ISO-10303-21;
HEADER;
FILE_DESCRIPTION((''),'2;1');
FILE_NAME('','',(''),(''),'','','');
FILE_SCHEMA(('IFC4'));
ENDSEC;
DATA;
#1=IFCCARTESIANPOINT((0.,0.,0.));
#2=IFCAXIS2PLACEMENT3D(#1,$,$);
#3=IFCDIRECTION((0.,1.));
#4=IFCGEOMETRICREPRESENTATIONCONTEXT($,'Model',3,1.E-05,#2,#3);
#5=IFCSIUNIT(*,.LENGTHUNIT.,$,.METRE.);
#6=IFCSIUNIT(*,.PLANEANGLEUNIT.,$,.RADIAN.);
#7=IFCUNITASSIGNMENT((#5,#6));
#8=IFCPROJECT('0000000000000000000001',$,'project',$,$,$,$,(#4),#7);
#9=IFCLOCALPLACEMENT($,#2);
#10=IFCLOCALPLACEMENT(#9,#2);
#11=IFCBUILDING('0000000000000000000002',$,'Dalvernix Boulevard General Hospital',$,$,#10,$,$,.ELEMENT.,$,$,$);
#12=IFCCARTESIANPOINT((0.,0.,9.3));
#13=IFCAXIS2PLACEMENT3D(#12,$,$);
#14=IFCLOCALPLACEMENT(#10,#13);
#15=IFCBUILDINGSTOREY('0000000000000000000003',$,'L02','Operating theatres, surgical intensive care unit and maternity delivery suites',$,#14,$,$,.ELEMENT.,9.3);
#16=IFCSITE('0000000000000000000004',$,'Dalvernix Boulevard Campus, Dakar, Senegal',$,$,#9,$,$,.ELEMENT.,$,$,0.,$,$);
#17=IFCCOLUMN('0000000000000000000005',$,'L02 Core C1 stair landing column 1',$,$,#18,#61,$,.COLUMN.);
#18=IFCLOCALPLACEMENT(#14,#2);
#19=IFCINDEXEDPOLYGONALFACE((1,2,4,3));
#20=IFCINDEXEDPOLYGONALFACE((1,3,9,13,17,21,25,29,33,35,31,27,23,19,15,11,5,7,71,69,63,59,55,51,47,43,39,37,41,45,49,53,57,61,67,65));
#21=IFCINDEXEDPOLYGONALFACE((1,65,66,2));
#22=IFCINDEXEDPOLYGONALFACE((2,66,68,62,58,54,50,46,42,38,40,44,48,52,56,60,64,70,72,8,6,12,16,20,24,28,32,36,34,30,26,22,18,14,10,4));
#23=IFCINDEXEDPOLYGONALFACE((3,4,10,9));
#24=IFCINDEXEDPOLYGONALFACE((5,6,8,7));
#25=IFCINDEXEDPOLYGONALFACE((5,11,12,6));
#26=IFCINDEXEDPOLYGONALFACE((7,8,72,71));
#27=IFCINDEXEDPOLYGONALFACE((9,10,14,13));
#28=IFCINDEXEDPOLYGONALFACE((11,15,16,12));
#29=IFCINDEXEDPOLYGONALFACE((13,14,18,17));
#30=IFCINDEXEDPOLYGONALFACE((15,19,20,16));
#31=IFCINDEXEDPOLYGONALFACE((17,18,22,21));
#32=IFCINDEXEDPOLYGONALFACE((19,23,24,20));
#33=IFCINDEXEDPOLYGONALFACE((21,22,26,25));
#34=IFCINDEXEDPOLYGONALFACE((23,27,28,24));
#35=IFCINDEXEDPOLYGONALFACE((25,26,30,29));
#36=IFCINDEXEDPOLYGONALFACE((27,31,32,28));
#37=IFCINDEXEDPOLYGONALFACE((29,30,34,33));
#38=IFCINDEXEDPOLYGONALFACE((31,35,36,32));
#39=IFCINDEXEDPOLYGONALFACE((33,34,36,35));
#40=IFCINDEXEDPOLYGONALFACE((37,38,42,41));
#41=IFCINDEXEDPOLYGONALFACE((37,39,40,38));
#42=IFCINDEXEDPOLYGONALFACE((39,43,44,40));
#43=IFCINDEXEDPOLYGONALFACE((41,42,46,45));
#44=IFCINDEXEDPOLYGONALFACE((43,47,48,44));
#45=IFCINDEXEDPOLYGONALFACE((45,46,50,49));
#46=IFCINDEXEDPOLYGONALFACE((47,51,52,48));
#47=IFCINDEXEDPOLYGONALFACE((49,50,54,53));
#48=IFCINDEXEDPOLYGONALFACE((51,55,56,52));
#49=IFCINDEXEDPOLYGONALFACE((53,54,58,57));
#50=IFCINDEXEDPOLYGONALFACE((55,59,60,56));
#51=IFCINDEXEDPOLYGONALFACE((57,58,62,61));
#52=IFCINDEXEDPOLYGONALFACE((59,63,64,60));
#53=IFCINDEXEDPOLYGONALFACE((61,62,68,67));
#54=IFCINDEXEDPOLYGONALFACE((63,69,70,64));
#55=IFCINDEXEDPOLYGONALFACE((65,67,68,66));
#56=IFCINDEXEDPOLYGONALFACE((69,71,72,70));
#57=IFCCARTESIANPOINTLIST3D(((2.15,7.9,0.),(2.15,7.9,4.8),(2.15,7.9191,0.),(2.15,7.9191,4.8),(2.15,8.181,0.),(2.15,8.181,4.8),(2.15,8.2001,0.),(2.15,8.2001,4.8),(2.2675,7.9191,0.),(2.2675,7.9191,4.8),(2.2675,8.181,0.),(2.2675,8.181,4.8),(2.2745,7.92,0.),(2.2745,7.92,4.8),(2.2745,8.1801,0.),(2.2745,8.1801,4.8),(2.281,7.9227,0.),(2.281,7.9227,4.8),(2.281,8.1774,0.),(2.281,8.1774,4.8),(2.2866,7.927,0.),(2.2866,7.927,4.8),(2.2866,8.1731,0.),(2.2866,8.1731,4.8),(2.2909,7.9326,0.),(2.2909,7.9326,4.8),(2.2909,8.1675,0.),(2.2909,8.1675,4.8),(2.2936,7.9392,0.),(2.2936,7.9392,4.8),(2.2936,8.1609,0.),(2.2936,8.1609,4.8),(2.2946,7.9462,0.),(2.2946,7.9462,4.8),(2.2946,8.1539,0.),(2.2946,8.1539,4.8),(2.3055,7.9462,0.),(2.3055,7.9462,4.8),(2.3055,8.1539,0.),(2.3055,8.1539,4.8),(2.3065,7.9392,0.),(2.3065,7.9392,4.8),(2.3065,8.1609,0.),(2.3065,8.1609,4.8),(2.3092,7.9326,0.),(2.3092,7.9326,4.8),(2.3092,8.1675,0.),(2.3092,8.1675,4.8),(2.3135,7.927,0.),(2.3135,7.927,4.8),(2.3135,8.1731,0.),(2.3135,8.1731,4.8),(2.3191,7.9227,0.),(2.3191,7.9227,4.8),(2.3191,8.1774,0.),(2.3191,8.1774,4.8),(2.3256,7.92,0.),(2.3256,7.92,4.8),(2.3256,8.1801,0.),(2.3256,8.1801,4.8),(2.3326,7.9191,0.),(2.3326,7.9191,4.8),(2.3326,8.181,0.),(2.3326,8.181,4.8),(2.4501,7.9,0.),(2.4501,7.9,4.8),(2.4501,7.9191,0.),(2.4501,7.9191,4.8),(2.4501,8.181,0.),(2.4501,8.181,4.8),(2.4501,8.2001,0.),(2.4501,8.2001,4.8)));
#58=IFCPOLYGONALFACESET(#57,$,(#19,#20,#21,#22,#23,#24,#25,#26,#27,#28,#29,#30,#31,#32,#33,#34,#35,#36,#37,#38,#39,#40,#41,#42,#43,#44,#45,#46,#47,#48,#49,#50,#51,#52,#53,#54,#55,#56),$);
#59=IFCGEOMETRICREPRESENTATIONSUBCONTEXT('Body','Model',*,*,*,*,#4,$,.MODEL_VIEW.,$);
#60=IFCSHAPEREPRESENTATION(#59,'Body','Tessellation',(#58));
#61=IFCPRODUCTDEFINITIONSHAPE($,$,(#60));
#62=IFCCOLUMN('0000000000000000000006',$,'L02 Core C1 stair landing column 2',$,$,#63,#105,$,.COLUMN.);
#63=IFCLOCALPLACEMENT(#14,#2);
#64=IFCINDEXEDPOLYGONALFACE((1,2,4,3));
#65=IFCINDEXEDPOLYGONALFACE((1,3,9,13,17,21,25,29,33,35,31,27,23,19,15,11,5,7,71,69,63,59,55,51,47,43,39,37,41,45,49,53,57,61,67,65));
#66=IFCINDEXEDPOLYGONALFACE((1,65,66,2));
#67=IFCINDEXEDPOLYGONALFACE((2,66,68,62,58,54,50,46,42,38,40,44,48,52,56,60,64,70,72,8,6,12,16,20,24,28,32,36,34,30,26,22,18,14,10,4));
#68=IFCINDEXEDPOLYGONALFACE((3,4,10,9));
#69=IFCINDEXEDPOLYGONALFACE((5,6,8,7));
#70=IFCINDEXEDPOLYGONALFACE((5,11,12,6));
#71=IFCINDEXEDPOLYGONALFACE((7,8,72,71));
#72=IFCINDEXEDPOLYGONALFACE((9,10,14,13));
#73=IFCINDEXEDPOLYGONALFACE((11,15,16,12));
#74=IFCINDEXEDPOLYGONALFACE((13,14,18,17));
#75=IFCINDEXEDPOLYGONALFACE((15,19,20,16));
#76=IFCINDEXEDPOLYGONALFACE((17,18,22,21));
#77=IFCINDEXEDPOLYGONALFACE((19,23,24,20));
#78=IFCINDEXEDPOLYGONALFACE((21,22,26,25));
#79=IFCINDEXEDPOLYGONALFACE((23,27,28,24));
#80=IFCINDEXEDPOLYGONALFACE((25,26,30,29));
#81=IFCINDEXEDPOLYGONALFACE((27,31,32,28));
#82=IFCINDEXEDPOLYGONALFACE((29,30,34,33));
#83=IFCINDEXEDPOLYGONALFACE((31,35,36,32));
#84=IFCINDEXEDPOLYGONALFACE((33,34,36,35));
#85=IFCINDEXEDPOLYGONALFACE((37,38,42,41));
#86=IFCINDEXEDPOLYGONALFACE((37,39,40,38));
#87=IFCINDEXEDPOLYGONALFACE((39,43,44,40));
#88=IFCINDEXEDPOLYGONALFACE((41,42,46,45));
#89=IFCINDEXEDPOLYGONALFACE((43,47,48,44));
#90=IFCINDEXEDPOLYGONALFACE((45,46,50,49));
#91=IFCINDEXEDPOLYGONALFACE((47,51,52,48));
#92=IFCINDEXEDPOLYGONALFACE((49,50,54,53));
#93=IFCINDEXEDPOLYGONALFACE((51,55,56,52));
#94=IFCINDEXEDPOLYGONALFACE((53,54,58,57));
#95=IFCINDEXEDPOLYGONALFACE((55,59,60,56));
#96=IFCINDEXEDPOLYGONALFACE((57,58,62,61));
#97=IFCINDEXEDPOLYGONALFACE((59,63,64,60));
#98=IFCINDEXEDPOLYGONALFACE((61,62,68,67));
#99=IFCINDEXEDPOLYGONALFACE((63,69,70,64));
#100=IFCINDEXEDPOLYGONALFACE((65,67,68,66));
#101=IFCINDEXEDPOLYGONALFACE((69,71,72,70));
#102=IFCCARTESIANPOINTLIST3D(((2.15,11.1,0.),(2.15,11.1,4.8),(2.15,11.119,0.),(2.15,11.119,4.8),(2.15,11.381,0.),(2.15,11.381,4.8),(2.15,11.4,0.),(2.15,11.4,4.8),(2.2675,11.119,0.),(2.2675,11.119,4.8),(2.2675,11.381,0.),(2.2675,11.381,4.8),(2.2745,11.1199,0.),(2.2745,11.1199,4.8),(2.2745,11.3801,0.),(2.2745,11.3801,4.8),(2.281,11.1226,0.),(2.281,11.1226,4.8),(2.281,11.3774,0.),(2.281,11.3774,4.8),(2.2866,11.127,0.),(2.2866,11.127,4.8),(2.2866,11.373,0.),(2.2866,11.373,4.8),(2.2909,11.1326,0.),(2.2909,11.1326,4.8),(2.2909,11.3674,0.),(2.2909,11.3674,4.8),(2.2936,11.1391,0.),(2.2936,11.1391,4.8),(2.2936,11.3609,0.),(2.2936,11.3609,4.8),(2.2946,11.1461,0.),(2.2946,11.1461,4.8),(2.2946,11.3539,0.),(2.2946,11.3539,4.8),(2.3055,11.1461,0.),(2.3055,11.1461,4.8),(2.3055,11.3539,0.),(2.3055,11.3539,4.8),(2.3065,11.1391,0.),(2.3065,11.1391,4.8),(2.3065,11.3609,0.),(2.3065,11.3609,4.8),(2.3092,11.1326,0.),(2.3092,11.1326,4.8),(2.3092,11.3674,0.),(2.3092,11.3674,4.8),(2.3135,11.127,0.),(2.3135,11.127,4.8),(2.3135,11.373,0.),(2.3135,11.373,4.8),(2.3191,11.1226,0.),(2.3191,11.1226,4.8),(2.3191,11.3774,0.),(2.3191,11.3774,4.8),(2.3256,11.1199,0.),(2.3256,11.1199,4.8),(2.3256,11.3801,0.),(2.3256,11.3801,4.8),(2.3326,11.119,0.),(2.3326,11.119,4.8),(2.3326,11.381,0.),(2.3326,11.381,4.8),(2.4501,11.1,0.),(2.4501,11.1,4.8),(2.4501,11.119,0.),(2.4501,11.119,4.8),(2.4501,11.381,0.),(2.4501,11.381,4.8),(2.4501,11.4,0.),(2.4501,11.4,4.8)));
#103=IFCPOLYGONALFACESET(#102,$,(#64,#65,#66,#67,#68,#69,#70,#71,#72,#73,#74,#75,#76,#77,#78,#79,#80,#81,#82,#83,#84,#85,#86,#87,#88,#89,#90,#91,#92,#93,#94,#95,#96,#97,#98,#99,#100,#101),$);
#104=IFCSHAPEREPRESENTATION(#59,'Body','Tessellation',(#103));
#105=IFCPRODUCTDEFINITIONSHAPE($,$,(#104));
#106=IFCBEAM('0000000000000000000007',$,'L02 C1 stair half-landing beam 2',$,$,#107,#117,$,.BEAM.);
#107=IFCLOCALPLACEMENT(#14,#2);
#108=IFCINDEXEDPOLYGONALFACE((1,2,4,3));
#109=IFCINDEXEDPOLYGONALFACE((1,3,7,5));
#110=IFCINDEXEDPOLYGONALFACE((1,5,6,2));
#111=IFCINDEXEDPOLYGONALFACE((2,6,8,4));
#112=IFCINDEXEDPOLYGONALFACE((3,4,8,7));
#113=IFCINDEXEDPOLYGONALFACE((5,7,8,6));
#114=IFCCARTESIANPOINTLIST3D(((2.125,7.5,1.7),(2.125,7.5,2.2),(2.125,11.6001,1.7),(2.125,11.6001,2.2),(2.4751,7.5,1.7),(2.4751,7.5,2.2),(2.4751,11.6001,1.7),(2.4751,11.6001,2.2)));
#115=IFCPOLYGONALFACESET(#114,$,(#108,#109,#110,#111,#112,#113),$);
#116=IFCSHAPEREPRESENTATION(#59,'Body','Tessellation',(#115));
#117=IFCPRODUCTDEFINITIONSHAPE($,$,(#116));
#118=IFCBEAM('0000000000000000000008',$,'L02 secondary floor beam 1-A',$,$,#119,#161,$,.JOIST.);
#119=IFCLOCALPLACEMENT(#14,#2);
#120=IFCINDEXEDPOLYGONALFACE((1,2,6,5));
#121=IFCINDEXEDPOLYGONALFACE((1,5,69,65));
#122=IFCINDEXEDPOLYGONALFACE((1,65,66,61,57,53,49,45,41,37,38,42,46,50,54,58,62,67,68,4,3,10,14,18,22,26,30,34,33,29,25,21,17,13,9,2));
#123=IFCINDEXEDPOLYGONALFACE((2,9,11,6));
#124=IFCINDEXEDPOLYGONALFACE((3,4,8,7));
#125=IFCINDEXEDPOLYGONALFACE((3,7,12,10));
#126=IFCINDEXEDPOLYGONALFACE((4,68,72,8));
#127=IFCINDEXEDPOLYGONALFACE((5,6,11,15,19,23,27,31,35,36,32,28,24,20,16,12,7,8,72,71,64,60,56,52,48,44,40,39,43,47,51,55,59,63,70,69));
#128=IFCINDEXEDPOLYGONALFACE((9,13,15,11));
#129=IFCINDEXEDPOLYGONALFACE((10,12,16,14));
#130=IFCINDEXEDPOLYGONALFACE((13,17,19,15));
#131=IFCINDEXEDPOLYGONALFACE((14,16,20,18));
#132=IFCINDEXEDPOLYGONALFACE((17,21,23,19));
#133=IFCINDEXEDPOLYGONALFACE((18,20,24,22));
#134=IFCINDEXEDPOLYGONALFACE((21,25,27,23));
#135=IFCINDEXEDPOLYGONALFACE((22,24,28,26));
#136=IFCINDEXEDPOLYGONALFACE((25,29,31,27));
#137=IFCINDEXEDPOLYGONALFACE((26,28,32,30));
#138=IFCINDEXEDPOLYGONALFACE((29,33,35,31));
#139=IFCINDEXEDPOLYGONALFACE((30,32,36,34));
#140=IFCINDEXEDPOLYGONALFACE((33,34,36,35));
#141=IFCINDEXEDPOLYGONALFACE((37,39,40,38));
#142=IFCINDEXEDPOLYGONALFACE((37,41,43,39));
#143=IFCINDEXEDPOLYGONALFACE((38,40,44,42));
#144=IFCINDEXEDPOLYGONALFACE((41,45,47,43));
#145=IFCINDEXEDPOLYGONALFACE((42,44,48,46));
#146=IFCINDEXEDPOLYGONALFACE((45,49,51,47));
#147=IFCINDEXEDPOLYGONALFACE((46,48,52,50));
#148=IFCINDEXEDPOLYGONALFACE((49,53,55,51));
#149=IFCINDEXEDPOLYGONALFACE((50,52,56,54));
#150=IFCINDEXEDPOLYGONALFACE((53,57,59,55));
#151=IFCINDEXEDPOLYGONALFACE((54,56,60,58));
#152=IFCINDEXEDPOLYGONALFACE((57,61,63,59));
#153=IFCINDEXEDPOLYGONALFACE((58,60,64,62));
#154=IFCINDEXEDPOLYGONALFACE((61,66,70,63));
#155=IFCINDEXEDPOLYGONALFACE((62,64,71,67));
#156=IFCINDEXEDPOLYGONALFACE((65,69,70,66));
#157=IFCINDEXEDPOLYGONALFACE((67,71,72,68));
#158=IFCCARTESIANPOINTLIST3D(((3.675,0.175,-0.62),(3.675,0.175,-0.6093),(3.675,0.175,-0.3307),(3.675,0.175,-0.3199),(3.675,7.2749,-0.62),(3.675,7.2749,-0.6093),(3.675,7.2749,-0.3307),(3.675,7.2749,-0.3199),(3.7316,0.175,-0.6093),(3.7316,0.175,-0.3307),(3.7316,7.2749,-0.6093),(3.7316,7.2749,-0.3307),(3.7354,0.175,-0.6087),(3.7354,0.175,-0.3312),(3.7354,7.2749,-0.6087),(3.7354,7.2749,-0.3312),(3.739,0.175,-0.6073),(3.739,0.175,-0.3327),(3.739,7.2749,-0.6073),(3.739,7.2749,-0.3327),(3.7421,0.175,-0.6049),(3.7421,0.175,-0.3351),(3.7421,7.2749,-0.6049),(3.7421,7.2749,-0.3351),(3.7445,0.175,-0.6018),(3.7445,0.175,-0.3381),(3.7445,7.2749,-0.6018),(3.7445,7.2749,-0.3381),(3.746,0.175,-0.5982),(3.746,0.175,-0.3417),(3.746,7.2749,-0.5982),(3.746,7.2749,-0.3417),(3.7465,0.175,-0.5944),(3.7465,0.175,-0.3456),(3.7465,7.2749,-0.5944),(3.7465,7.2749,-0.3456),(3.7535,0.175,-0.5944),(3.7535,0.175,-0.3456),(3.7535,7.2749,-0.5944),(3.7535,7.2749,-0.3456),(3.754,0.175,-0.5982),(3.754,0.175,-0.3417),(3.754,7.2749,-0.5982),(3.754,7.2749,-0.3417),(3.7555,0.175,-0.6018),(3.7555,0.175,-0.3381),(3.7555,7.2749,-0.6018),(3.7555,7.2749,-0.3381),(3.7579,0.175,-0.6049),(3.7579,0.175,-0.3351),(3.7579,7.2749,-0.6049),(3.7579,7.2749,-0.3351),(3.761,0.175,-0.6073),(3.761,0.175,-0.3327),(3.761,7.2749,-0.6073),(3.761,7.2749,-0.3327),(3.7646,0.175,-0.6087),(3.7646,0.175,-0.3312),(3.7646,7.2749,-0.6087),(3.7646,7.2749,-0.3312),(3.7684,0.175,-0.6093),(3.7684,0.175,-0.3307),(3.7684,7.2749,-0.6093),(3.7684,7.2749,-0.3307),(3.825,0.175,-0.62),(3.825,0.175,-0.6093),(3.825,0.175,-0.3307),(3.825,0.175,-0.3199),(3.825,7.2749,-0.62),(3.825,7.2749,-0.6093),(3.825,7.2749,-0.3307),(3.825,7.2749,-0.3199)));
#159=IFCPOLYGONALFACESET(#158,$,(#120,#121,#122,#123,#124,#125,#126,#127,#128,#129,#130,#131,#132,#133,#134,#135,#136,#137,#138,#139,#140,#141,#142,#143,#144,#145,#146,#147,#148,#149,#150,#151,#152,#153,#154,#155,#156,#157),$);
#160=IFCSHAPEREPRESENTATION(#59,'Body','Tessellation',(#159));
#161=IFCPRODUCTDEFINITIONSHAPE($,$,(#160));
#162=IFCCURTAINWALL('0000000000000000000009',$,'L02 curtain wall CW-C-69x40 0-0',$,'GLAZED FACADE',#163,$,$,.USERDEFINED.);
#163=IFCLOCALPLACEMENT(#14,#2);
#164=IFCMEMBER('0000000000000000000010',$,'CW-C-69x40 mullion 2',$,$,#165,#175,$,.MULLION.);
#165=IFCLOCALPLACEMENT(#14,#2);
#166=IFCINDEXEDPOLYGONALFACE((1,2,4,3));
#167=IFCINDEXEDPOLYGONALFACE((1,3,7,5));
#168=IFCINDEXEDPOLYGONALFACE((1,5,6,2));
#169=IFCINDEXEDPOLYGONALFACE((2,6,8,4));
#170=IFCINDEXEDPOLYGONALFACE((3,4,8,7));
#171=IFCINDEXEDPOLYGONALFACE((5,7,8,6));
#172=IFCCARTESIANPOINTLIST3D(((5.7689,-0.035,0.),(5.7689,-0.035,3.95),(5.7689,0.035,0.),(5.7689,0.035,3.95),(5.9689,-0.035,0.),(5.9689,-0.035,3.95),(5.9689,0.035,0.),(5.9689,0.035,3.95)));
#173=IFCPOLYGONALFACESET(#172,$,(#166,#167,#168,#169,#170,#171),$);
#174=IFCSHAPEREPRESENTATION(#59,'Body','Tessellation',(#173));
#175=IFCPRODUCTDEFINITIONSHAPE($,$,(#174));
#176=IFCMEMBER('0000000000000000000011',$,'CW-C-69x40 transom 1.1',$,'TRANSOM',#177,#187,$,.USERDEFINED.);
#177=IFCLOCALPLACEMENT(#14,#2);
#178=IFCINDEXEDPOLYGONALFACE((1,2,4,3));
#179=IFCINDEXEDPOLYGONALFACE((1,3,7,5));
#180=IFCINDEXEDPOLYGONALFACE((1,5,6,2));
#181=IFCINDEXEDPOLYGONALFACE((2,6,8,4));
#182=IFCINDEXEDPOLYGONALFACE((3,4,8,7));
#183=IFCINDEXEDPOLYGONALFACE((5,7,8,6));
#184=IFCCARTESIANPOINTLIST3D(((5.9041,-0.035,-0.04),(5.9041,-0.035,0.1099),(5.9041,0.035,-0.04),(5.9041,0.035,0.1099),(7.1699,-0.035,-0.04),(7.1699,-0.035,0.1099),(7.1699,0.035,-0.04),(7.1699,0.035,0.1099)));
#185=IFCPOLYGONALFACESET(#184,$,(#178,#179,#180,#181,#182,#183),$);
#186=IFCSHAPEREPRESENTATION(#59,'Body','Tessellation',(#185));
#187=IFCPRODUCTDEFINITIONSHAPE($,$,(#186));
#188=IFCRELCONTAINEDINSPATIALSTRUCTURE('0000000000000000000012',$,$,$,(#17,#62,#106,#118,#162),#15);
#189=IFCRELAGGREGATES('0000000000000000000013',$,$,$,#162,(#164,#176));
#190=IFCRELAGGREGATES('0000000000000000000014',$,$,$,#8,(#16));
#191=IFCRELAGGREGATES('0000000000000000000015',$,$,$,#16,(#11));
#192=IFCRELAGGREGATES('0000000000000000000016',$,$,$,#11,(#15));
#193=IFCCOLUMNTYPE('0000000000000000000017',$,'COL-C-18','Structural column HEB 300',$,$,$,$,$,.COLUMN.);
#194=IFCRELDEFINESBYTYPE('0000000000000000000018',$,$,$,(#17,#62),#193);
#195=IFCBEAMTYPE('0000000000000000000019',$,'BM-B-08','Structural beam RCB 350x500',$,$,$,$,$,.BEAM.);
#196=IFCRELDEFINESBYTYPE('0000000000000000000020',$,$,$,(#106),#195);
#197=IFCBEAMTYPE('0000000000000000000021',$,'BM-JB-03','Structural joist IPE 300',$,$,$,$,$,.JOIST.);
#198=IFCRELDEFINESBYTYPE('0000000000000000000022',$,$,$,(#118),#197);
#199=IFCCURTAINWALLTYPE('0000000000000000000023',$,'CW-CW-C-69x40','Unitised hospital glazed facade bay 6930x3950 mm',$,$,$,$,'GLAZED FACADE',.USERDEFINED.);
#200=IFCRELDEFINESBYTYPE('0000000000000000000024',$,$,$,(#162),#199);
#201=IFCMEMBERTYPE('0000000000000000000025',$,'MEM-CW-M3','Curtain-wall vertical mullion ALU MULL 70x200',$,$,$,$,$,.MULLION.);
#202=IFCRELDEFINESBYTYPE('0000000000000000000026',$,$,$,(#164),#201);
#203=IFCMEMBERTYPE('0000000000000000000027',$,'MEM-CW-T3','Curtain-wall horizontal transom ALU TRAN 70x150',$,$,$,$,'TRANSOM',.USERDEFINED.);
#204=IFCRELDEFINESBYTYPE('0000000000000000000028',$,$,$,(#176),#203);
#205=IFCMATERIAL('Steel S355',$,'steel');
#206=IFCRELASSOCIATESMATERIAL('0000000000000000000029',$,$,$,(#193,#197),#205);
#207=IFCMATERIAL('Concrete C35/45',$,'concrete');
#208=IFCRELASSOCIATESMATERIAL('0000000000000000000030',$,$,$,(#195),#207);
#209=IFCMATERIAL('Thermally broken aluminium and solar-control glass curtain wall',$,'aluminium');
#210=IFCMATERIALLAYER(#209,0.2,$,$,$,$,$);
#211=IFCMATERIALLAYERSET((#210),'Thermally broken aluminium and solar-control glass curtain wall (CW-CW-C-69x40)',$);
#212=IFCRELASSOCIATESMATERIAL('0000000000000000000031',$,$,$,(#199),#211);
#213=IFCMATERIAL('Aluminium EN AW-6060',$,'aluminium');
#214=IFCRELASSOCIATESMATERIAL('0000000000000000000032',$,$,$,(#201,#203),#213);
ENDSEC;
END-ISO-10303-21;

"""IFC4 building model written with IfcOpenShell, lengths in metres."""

from ifc_helpers import new_model, si_unit, direction, frame, origin, origin_2d, place, context, subcontext, project, spatial, rectangle, i_section, extrude, material, layer, layer_set, material_profile, profile_set, type_object, element, aggregate, save


model = new_model("IFC4")

# Units and contexts
model_context = context("Model", 3, precision=1e-05, world=origin(), true_north=direction((0.0, 1.0)))
body_context = subcontext(model_context, "Body", "Model", "MODEL_VIEW")
ifc_project = project(units=[si_unit("LENGTHUNIT", "METRE"), si_unit("PLANEANGLEUNIT", "RADIAN")], contexts=[model_context])

# Site, building, storey
site_placement = place(None, origin())
site = spatial("IfcSite", under=ifc_project, at=site_placement, Name="Dalvernix Boulevard Campus, Dakar, Senegal", CompositionType="ELEMENT", RefElevation=0.0)
building_placement = place(site_placement, origin())
building = spatial("IfcBuilding", under=site, at=building_placement, Name="Dalvernix Boulevard General Hospital", CompositionType="ELEMENT")
storey_placement = place(building_placement, frame((0.0, 0.0, 9.3)))
storey = spatial("IfcBuildingStorey", under=building, at=storey_placement, Name="L02", Description="Operating theatres, surgical intensive care unit and maternity delivery suites", CompositionType="ELEMENT", Elevation=9.3)

# Columns
ifc_material_1 = material(Name="Steel S355", Category="steel")
ifc_material_profile_1 = material_profile(ifc_material_1, i_section(OverallWidth=0.3, OverallDepth=0.3, WebThickness=0.011, FlangeThickness=0.019, FilletRadius=0.0271, at=origin_2d()), Name="HEB 300")
ifc_profile_set_1 = profile_set([ifc_material_profile_1], Name="Steel S355")
column_type = type_object("IfcColumnType", Name="COL-C-18", Description="Structural column HEB 300", PredefinedType="COLUMN", material=ifc_profile_set_1)
for number, where, z_axis, x_axis, name in (
    (1, (2.3, 8.05, 0.0), (0.0, 0.0, 1.0), (1.0, 0.0, 0.0), "L02 Core C1 stair landing column 1"),
    (2, (2.3, 11.25, 0.0), (0.0, 0.0, 1.0), (1.0, 0.0, 0.0), "L02 Core C1 stair landing column 2"),
):
    element("IfcColumn", number, at=place(storey_placement, frame(where, z_axis=z_axis, x_axis=x_axis)), inside=storey, type_object=column_type, Name=name, PredefinedType="COLUMN", context=body_context, shape_type="SweptSolid", body=[
        extrude(i_section(OverallWidth=0.3, OverallDepth=0.3, WebThickness=0.011, FlangeThickness=0.019, FilletRadius=0.0271, at=origin_2d()), origin(), (0.0, 0.0, 1.0), 4.8),
    ])

# Beams
ifc_material_2 = material(Name="Concrete C35/45", Category="concrete")
ifc_material_profile_2 = material_profile(ifc_material_2, rectangle(XDim=0.3501, YDim=0.5, at=origin_2d()), Name="RCB 350x500")
ifc_profile_set_2 = profile_set([ifc_material_profile_2], Name="Concrete C35/45")
beam_type_1 = type_object("IfcBeamType", Name="BM-B-08", Description="Structural beam RCB 350x500", PredefinedType="BEAM", material=ifc_profile_set_2)
beam_1_placement = place(storey_placement, frame((2.3, 7.5, 1.95), z_axis=(0.0, 1.0, 0.0), x_axis=(-1.0, 0.0, 0.0)))
element("IfcBeam", 3, at=beam_1_placement, inside=storey, type_object=beam_type_1, Name="L02 C1 stair half-landing beam 2", PredefinedType="BEAM", context=body_context, shape_type="SweptSolid", body=[
    extrude(rectangle(XDim=0.3501, YDim=0.5, at=origin_2d()), origin(), (0.0, 0.0, 1.0), 4.1001),
])
ifc_material_profile_3 = material_profile(ifc_material_1, i_section(OverallWidth=0.1499, OverallDepth=0.3, WebThickness=0.0071, FlangeThickness=0.0107, FilletRadius=0.0149, at=origin_2d()), Name="IPE 300")
ifc_profile_set_3 = profile_set([ifc_material_profile_3], Name="Steel S355")
beam_type_2 = type_object("IfcBeamType", Name="BM-JB-03", Description="Structural joist IPE 300", PredefinedType="JOIST", material=ifc_profile_set_3)
beam_2_placement = place(storey_placement, frame((3.75, 0.175, -0.47), z_axis=(0.0, 1.0, 0.0), x_axis=(-1.0, 0.0, 0.0)))
element("IfcBeam", 4, at=beam_2_placement, inside=storey, type_object=beam_type_2, Name="L02 secondary floor beam 1-A", PredefinedType="JOIST", context=body_context, shape_type="SweptSolid", body=[
    extrude(i_section(OverallWidth=0.1499, OverallDepth=0.3, WebThickness=0.0071, FlangeThickness=0.0107, FilletRadius=0.0149, at=origin_2d()), origin(), (0.0, 0.0, 1.0), 7.0999),
])

# Curtain wall, members
ifc_material_3 = material(Name="Thermally broken aluminium and solar-control glass curtain wall", Category="aluminium")
ifc_layer_1 = layer(ifc_material_3, 0.2)
ifc_layer_set_1 = layer_set([ifc_layer_1], Name="Thermally broken aluminium and solar-control glass curtain wall (CW-CW-C-69x40)")
curtain_wall_type = type_object("IfcCurtainWallType", Name="CW-CW-C-69x40", Description="Unitised hospital glazed facade bay 6930x3950 mm", ElementType="GLAZED FACADE", PredefinedType="USERDEFINED", material=ifc_layer_set_1)
curtain_wall_placement = place(storey_placement, origin())
curtain_wall = element("IfcCurtainWall", 5, at=curtain_wall_placement, inside=storey, type_object=curtain_wall_type, Name="L02 curtain wall CW-C-69x40 0-0", ObjectType="GLAZED FACADE", PredefinedType="USERDEFINED")
ifc_material_4 = material(Name="Aluminium EN AW-6060", Category="aluminium")
ifc_material_profile_4 = material_profile(ifc_material_4, rectangle(XDim=0.0701, YDim=0.2, at=origin_2d()), Name="ALU MULL 70x200")
ifc_profile_set_4 = profile_set([ifc_material_profile_4], Name="Aluminium EN AW-6060")
member_type_1 = type_object("IfcMemberType", Name="MEM-CW-M3", Description="Curtain-wall vertical mullion ALU MULL 70x200", PredefinedType="MULLION", material=ifc_profile_set_4)
member_1_placement = place(storey_placement, frame((5.8689, 0.0, 0.0), z_axis=(0.0, 0.0, 1.0), x_axis=(0.0, -1.0, 0.0)))
member_1 = element("IfcMember", 6, at=member_1_placement, type_object=member_type_1, Name="CW-C-69x40 mullion 2", PredefinedType="MULLION", context=body_context, shape_type="SweptSolid", body=[
    extrude(rectangle(XDim=0.0701, YDim=0.2, at=origin_2d()), origin(), (0.0, 0.0, 1.0), 3.95),
])
ifc_material_profile_5 = material_profile(ifc_material_4, rectangle(XDim=0.0701, YDim=0.1499, at=origin_2d()), Name="ALU TRAN 70x150")
ifc_profile_set_5 = profile_set([ifc_material_profile_5], Name="Aluminium EN AW-6060")
member_type_2 = type_object("IfcMemberType", Name="MEM-CW-T3", Description="Curtain-wall horizontal transom ALU TRAN 70x150", ElementType="TRANSOM", PredefinedType="USERDEFINED", material=ifc_profile_set_5)
member_2_placement = place(storey_placement, frame((7.1699, 0.0, 0.0349), z_axis=(-1.0, 0.0, 0.0), x_axis=(0.0, -1.0, 0.0)))
member_2 = element("IfcMember", 7, at=member_2_placement, type_object=member_type_2, Name="CW-C-69x40 transom 1.1", ObjectType="TRANSOM", PredefinedType="USERDEFINED", context=body_context, shape_type="SweptSolid", body=[
    extrude(rectangle(XDim=0.0701, YDim=0.1499, at=origin_2d()), origin(), (0.0, 0.0, 1.0), 1.2659),
])
aggregate(curtain_wall, [member_1, member_2])

save(model, "model.ifc")
